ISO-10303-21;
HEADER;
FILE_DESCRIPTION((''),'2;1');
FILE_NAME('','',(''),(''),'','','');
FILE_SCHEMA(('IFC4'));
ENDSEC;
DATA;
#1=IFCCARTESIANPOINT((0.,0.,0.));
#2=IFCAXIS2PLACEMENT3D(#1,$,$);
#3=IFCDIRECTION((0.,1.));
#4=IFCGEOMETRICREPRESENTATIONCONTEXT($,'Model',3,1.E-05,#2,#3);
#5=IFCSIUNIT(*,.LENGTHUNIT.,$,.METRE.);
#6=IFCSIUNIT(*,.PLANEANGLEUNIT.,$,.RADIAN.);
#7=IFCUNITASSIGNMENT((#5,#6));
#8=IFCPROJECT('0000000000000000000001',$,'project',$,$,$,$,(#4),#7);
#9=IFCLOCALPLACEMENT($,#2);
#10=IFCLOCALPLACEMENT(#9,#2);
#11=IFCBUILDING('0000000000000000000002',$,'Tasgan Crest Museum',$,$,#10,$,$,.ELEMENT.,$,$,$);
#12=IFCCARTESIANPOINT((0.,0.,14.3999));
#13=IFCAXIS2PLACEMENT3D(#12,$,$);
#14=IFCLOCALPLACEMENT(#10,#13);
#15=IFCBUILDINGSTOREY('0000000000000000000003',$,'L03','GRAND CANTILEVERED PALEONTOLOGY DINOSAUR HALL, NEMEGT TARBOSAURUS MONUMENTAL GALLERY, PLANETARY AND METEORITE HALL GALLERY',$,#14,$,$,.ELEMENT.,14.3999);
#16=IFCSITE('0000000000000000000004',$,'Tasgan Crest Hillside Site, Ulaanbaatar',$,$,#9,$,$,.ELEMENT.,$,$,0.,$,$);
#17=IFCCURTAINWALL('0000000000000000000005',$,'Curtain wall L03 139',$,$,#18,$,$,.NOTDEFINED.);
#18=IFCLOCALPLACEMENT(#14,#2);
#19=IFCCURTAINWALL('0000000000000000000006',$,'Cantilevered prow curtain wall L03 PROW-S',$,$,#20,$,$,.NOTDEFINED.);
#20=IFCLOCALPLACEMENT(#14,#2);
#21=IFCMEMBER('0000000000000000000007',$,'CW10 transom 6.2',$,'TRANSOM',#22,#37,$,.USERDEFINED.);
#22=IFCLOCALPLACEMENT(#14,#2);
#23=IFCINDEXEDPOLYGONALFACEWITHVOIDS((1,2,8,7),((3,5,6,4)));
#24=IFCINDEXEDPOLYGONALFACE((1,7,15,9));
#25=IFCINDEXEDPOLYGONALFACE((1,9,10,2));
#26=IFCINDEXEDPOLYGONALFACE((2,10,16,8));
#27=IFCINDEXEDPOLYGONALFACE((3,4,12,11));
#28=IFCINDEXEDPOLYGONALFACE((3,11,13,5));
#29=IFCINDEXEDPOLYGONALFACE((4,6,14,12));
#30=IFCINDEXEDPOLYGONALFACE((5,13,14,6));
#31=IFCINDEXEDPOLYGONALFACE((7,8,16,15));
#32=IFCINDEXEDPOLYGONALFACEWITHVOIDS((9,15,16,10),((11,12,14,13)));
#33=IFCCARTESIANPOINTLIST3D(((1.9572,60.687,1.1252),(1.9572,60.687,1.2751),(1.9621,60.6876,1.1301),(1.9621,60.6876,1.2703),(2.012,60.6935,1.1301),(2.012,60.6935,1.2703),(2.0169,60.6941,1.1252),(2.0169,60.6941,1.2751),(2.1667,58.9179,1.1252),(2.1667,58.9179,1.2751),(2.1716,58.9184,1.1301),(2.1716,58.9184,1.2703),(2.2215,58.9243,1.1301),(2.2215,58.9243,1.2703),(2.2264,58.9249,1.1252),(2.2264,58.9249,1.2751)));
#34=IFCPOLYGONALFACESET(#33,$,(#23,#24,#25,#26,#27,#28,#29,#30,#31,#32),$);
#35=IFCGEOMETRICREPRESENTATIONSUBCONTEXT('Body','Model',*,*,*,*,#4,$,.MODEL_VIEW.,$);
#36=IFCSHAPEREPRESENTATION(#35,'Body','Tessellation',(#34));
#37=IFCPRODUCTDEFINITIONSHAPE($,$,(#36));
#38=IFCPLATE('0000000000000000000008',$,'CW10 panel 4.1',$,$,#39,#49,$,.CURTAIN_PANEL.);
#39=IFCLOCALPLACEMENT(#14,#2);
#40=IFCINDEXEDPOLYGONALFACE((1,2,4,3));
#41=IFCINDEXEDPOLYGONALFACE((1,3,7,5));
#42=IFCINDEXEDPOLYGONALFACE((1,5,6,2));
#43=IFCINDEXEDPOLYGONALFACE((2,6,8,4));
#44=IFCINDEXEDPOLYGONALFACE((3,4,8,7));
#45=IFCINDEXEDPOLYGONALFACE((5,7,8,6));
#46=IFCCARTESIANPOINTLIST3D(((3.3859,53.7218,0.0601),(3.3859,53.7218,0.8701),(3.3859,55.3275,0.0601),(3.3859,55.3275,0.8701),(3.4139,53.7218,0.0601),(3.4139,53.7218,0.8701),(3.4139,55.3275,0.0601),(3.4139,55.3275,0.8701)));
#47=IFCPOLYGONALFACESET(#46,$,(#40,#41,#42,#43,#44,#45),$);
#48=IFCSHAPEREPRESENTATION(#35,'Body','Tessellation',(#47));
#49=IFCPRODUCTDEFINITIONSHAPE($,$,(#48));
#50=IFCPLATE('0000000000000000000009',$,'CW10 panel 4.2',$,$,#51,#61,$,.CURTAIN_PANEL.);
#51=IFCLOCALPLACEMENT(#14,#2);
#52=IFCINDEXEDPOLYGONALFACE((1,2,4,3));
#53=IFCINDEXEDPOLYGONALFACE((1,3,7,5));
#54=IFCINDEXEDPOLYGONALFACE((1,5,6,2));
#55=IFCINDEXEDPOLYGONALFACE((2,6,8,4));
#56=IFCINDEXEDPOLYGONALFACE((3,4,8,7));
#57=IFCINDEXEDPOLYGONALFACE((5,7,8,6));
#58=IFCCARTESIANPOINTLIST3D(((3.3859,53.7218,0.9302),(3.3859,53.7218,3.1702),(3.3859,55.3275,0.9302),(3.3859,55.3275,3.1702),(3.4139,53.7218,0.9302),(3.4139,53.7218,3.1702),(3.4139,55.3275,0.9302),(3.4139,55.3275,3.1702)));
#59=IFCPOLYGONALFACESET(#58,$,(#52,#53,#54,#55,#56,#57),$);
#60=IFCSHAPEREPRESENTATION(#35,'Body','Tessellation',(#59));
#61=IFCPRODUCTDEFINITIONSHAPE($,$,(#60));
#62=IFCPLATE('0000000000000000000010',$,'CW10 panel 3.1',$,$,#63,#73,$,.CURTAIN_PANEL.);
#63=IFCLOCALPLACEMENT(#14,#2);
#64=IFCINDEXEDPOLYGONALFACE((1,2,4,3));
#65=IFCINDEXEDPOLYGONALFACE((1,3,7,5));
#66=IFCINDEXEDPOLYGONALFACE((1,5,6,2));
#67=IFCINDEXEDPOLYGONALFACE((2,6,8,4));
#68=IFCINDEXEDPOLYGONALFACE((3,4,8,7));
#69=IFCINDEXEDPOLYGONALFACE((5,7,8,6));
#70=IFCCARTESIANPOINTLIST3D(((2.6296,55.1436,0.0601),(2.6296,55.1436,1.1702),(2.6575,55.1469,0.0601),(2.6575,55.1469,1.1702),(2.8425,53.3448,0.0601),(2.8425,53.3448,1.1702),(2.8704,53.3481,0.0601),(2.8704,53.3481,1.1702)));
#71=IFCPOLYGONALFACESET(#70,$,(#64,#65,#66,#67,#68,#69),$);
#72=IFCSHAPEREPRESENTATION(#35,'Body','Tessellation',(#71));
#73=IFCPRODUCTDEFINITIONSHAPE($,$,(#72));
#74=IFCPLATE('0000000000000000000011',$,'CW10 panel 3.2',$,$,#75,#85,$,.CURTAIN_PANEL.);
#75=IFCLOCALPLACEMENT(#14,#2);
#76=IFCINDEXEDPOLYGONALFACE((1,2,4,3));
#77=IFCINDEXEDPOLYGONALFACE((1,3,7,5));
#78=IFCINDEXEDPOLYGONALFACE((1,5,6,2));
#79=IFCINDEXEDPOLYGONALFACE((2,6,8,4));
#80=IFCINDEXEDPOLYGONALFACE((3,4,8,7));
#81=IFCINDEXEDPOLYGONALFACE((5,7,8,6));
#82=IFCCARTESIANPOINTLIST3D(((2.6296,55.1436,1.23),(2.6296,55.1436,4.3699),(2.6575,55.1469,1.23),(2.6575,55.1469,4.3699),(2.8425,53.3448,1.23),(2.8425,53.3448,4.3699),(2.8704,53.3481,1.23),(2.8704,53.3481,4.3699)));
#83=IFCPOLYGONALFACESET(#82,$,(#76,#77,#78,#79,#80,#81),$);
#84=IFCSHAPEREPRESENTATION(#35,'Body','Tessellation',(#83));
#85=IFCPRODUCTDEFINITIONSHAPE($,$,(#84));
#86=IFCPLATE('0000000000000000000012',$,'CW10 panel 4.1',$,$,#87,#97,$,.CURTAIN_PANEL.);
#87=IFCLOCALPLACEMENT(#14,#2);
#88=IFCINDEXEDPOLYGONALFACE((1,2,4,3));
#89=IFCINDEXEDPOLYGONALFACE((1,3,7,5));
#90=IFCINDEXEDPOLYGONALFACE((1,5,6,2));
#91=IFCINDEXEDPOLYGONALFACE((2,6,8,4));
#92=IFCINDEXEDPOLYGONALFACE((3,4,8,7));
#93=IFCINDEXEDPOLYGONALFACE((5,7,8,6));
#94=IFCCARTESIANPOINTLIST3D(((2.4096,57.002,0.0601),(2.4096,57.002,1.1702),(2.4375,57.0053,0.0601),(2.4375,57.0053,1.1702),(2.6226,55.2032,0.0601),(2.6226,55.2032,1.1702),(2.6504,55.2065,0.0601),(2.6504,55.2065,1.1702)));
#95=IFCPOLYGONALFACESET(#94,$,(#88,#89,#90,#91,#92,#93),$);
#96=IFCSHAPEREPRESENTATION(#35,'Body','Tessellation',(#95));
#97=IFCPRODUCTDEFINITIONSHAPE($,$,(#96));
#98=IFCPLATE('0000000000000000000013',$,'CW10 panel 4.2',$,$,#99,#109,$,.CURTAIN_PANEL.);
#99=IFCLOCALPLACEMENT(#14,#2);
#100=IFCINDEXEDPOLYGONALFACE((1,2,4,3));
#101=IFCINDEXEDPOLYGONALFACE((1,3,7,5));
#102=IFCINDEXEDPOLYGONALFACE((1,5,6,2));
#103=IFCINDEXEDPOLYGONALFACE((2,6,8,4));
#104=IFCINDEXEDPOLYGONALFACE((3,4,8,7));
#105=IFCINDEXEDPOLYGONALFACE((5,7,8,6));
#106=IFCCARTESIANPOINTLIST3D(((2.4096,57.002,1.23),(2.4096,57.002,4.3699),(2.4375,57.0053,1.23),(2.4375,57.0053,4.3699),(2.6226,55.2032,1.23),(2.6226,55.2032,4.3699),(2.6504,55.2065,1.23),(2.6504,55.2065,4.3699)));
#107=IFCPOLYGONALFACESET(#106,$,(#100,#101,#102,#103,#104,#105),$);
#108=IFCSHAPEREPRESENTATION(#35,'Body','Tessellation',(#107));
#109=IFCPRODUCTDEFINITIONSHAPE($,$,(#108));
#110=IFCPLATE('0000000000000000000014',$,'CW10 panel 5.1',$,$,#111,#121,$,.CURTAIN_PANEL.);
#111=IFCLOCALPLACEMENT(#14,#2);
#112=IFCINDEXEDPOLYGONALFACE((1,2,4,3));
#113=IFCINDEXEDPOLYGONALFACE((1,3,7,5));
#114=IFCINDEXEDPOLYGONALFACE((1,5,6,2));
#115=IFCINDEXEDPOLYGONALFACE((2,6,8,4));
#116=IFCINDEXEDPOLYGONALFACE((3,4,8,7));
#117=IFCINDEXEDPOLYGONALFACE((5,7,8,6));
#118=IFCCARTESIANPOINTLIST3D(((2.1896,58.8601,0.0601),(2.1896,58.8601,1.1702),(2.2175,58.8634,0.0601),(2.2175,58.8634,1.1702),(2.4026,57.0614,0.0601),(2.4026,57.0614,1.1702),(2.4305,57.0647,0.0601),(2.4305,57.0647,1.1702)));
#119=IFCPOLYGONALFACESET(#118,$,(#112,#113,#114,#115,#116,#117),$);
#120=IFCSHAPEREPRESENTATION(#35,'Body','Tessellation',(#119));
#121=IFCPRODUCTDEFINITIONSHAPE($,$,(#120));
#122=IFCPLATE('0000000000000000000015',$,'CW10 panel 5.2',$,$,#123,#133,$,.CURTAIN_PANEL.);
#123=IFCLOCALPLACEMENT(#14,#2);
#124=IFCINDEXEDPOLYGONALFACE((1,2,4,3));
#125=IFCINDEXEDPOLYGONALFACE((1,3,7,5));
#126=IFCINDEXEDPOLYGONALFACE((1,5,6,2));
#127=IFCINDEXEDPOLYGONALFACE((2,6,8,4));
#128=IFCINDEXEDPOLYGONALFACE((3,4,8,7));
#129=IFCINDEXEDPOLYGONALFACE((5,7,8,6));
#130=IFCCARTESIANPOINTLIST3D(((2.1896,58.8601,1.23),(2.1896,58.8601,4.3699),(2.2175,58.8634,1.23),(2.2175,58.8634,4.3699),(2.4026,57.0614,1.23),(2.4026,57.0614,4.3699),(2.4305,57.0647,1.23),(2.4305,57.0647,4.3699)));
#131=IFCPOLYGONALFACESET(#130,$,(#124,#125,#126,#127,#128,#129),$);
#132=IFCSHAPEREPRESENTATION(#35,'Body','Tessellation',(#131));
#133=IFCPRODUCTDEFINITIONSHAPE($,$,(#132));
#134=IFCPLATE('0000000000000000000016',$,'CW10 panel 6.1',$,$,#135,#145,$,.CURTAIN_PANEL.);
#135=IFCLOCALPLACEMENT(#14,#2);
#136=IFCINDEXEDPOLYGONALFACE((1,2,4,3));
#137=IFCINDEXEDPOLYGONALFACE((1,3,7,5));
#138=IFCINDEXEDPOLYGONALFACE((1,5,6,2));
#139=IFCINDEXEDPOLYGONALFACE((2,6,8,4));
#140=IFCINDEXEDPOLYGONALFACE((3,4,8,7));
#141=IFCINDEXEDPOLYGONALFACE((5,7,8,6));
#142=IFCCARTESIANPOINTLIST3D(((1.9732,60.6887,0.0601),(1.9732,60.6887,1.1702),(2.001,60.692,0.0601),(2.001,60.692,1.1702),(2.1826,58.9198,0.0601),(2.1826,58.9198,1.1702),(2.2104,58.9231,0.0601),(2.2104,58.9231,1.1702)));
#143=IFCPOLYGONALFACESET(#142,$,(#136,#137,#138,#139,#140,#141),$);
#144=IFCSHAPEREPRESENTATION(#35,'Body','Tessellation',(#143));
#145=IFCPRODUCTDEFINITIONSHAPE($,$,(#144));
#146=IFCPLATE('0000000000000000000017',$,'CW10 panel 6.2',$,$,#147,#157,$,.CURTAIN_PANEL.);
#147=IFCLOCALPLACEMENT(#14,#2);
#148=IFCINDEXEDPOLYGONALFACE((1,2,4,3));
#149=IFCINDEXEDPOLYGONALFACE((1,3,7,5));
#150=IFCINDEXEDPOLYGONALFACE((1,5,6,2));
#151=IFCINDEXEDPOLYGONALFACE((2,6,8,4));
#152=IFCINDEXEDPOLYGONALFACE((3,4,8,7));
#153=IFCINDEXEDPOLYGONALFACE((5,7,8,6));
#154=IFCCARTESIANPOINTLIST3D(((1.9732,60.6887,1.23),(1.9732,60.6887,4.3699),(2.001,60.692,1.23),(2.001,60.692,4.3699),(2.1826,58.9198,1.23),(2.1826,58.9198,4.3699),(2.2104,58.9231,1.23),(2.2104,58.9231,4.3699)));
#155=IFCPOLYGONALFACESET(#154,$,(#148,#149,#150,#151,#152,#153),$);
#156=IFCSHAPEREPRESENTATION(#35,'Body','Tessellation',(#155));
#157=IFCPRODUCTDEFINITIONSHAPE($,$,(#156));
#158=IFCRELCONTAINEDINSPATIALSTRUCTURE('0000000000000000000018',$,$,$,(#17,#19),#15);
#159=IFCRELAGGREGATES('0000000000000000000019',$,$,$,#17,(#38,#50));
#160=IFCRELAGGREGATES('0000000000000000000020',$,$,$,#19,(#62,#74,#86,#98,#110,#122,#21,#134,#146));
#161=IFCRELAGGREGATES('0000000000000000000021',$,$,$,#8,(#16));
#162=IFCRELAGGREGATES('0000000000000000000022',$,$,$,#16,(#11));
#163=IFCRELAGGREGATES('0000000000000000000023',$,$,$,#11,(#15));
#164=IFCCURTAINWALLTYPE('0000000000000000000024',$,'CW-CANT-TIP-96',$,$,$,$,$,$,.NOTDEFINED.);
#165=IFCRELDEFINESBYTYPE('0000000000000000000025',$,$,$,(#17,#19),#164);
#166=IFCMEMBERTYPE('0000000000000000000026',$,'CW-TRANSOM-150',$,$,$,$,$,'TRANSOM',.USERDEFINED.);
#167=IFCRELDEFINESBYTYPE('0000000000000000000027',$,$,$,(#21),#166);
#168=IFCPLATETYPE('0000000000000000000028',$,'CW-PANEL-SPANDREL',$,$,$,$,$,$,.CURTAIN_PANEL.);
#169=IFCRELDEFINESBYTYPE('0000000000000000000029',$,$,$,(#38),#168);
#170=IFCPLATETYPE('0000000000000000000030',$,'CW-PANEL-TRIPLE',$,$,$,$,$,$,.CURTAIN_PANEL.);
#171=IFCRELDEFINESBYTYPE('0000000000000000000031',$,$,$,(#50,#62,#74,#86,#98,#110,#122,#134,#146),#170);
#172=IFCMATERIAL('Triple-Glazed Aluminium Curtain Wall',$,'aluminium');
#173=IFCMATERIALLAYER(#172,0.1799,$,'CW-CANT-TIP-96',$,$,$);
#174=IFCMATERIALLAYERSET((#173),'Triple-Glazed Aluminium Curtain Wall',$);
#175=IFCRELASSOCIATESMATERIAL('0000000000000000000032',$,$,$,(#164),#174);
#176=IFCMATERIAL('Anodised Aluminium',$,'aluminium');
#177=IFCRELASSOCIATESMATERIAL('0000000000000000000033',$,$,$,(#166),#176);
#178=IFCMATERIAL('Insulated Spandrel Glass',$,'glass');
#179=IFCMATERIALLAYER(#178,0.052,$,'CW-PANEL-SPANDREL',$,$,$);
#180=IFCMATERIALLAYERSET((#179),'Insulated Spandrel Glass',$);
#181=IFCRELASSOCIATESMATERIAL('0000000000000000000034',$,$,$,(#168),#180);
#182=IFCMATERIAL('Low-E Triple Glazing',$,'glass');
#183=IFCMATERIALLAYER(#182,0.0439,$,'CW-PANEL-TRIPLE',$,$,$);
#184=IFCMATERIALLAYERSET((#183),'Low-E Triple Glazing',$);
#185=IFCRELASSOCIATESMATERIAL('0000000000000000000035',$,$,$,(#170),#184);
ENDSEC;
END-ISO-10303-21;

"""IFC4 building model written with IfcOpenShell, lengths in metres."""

from ifc_helpers import new_model, si_unit, direction, frame, origin, origin_2d, place, context, subcontext, project, spatial, rectangle, hollow_rectangle, extrude, material, layer, layer_set, material_profile, profile_set, type_object, element, aggregate, save


model = new_model("IFC4")

# Units and contexts
model_context = context("Model", 3, precision=1e-05, world=origin(), true_north=direction((0.0, 1.0)))
body_context = subcontext(model_context, "Body", "Model", "MODEL_VIEW")
ifc_project = project(units=[si_unit("LENGTHUNIT", "METRE"), si_unit("PLANEANGLEUNIT", "RADIAN")], contexts=[model_context])

# Site, building, storey
site_placement = place(None, origin())
site = spatial("IfcSite", under=ifc_project, at=site_placement, Name="Tasgan Crest Hillside Site, Ulaanbaatar", CompositionType="ELEMENT", RefElevation=0.0)
building_placement = place(site_placement, origin())
building = spatial("IfcBuilding", under=site, at=building_placement, Name="Tasgan Crest Museum", CompositionType="ELEMENT")
storey_placement = place(building_placement, frame((0.0, 0.0, 14.3999)))
storey = spatial("IfcBuildingStorey", under=building, at=storey_placement, Name="L03", Description="GRAND CANTILEVERED PALEONTOLOGY DINOSAUR HALL, NEMEGT TARBOSAURUS MONUMENTAL GALLERY, PLANETARY AND METEORITE HALL GALLERY", CompositionType="ELEMENT", Elevation=14.3999)

# Curtain wall
ifc_material_1 = material(Name="Triple-Glazed Aluminium Curtain Wall", Category="aluminium")
ifc_layer_1 = layer(ifc_material_1, 0.1799, Name="CW-CANT-TIP-96")
ifc_layer_set_1 = layer_set([ifc_layer_1], Name="Triple-Glazed Aluminium Curtain Wall")
curtain_wall_type = type_object("IfcCurtainWallType", Name="CW-CANT-TIP-96", PredefinedType="NOTDEFINED", material=ifc_layer_set_1)
curtain_wall_1_placement = place(storey_placement, origin())
curtain_wall_1 = element("IfcCurtainWall", 1, at=curtain_wall_1_placement, inside=storey, type_object=curtain_wall_type, Name="Curtain wall L03 139", PredefinedType="NOTDEFINED")

# Curtain wall
curtain_wall_2_placement = place(storey_placement, origin())
curtain_wall_2 = element("IfcCurtainWall", 2, at=curtain_wall_2_placement, inside=storey, type_object=curtain_wall_type, Name="Cantilevered prow curtain wall L03 PROW-S", PredefinedType="NOTDEFINED")

# Member
ifc_material_2 = material(Name="Anodised Aluminium", Category="aluminium")
ifc_material_profile_1 = material_profile(ifc_material_2, hollow_rectangle(XDim=0.0601, YDim=0.1499, WallThickness=0.0049, at=origin_2d()), Name="ALU TRANSOM 150x60x5")
ifc_profile_set_1 = profile_set([ifc_material_profile_1], Name="Anodised Aluminium")
member_type_1 = type_object("IfcMemberType", Name="CW-TRANSOM-150", ElementType="TRANSOM", PredefinedType="USERDEFINED", material=ifc_profile_set_1)
member_1_placement = place(storey_placement, frame((2.1965, 58.9214, 1.2002), z_axis=(-0.117589, 0.993062, 0.0), x_axis=(-0.993062, -0.117589, 0.0)))
member_1 = element("IfcMember", 3, at=member_1_placement, type_object=member_type_1, Name="CW10 transom 6.2", ObjectType="TRANSOM", PredefinedType="USERDEFINED", context=body_context, shape_type="SweptSolid", body=[
    extrude(hollow_rectangle(XDim=0.0601, YDim=0.1499, WallThickness=0.0049, at=origin_2d()), origin(), (0.0, 0.0, 1.0), 1.7815),
])

# Plates
ifc_material_3 = material(Name="Insulated Spandrel Glass", Category="glass")
ifc_layer_2 = layer(ifc_material_3, 0.052, Name="CW-PANEL-SPANDREL")
ifc_layer_set_2 = layer_set([ifc_layer_2], Name="Insulated Spandrel Glass")
plate_type_1 = type_object("IfcPlateType", Name="CW-PANEL-SPANDREL", PredefinedType="CURTAIN_PANEL", material=ifc_layer_set_2)
plate_1_placement = place(storey_placement, frame((3.3999, 54.5247, 0.0601), z_axis=(0.0, 0.0, 1.0), x_axis=(0.0, -1.0, 0.0)))
plate_1 = element("IfcPlate", 4, at=plate_1_placement, type_object=plate_type_1, Name="CW10 panel 4.1", PredefinedType="CURTAIN_PANEL", context=body_context, shape_type="SweptSolid", body=[
    extrude(rectangle(XDim=1.6057, YDim=0.0281, at=origin_2d()), origin(), (0.0, 0.0, 1.0), 0.8101),
])
ifc_material_4 = material(Name="Low-E Triple Glazing", Category="glass")
ifc_layer_3 = layer(ifc_material_4, 0.0439, Name="CW-PANEL-TRIPLE")
ifc_layer_set_3 = layer_set([ifc_layer_3], Name="Low-E Triple Glazing")
plate_type_2 = type_object("IfcPlateType", Name="CW-PANEL-TRIPLE", PredefinedType="CURTAIN_PANEL", material=ifc_layer_set_3)
plate_2_placement = place(storey_placement, frame((3.3999, 54.5247, 0.9302), z_axis=(0.0, 0.0, 1.0), x_axis=(0.0, -1.0, 0.0)))
plate_2 = element("IfcPlate", 5, at=plate_2_placement, type_object=plate_type_2, Name="CW10 panel 4.2", PredefinedType="CURTAIN_PANEL", context=body_context, shape_type="SweptSolid", body=[
    extrude(rectangle(XDim=1.6057, YDim=0.0281, at=origin_2d()), origin(), (0.0, 0.0, 1.0), 2.24),
])
aggregate(curtain_wall_1, [plate_1, plate_2])
plate_3_placement = place(storey_placement, frame((2.75, 54.2458, 0.0601), z_axis=(0.0, 0.0, 1.0), x_axis=(-0.117565, 0.993065, 0.0)))
plate_3 = element("IfcPlate", 6, at=plate_3_placement, type_object=plate_type_2, Name="CW10 panel 3.1", PredefinedType="CURTAIN_PANEL", context=body_context, shape_type="SweptSolid", body=[
    extrude(rectangle(XDim=1.8113, YDim=0.0281, at=origin_2d()), origin(), (0.0, 0.0, 1.0), 1.1101),
])
plate_4_placement = place(storey_placement, frame((2.75, 54.2458, 1.23), z_axis=(0.0, 0.0, 1.0), x_axis=(-0.117565, 0.993065, 0.0)))
plate_4 = element("IfcPlate", 7, at=plate_4_placement, type_object=plate_type_2, Name="CW10 panel 3.2", PredefinedType="CURTAIN_PANEL", context=body_context, shape_type="SweptSolid", body=[
    extrude(rectangle(XDim=1.8113, YDim=0.0281, at=origin_2d()), origin(), (0.0, 0.0, 1.0), 3.1399),
])
plate_5_placement = place(storey_placement, frame((2.53, 56.1042, 0.0601), z_axis=(0.0, 0.0, 1.0), x_axis=(-0.117565, 0.993065, 0.0)))
plate_5 = element("IfcPlate", 8, at=plate_5_placement, type_object=plate_type_2, Name="CW10 panel 4.1", PredefinedType="CURTAIN_PANEL", context=body_context, shape_type="SweptSolid", body=[
    extrude(rectangle(XDim=1.8113, YDim=0.0281, at=origin_2d()), origin(), (0.0, 0.0, 1.0), 1.1101),
])
plate_6_placement = place(storey_placement, frame((2.53, 56.1042, 1.23), z_axis=(0.0, 0.0, 1.0), x_axis=(-0.117565, 0.993065, 0.0)))
plate_6 = element("IfcPlate", 9, at=plate_6_placement, type_object=plate_type_2, Name="CW10 panel 4.2", PredefinedType="CURTAIN_PANEL", context=body_context, shape_type="SweptSolid", body=[
    extrude(rectangle(XDim=1.8113, YDim=0.0281, at=origin_2d()), origin(), (0.0, 0.0, 1.0), 3.1399),
])
plate_7_placement = place(storey_placement, frame((2.3101, 57.9624, 0.0601), z_axis=(0.0, 0.0, 1.0), x_axis=(-0.117565, 0.993065, 0.0)))
plate_7 = element("IfcPlate", 10, at=plate_7_placement, type_object=plate_type_2, Name="CW10 panel 5.1", PredefinedType="CURTAIN_PANEL", context=body_context, shape_type="SweptSolid", body=[
    extrude(rectangle(XDim=1.8113, YDim=0.0281, at=origin_2d()), origin(), (0.0, 0.0, 1.0), 1.1101),
])
plate_8_placement = place(storey_placement, frame((2.3101, 57.9624, 1.23), z_axis=(0.0, 0.0, 1.0), x_axis=(-0.117565, 0.993065, 0.0)))
plate_8 = element("IfcPlate", 11, at=plate_8_placement, type_object=plate_type_2, Name="CW10 panel 5.2", PredefinedType="CURTAIN_PANEL", context=body_context, shape_type="SweptSolid", body=[
    extrude(rectangle(XDim=1.8113, YDim=0.0281, at=origin_2d()), origin(), (0.0, 0.0, 1.0), 3.1399),
])
plate_9_placement = place(storey_placement, frame((2.0918, 59.8059, 0.0601), z_axis=(0.0, 0.0, 1.0), x_axis=(-0.117565, 0.993065, 0.0)))
plate_9 = element("IfcPlate", 12, at=plate_9_placement, type_object=plate_type_2, Name="CW10 panel 6.1", PredefinedType="CURTAIN_PANEL", context=body_context, shape_type="SweptSolid", body=[
    extrude(rectangle(XDim=1.7812, YDim=0.0281, at=origin_2d()), origin(), (0.0, 0.0, 1.0), 1.1101),
])
plate_10_placement = place(storey_placement, frame((2.0918, 59.8059, 1.23), z_axis=(0.0, 0.0, 1.0), x_axis=(-0.117565, 0.993065, 0.0)))
plate_10 = element("IfcPlate", 13, at=plate_10_placement, type_object=plate_type_2, Name="CW10 panel 6.2", PredefinedType="CURTAIN_PANEL", context=body_context, shape_type="SweptSolid", body=[
    extrude(rectangle(XDim=1.7812, YDim=0.0281, at=origin_2d()), origin(), (0.0, 0.0, 1.0), 3.1399),
])
aggregate(curtain_wall_2, [plate_3, plate_4, plate_5, plate_6, plate_7, plate_8, member_1, plate_9, plate_10])

save(model, "model.ifc")
